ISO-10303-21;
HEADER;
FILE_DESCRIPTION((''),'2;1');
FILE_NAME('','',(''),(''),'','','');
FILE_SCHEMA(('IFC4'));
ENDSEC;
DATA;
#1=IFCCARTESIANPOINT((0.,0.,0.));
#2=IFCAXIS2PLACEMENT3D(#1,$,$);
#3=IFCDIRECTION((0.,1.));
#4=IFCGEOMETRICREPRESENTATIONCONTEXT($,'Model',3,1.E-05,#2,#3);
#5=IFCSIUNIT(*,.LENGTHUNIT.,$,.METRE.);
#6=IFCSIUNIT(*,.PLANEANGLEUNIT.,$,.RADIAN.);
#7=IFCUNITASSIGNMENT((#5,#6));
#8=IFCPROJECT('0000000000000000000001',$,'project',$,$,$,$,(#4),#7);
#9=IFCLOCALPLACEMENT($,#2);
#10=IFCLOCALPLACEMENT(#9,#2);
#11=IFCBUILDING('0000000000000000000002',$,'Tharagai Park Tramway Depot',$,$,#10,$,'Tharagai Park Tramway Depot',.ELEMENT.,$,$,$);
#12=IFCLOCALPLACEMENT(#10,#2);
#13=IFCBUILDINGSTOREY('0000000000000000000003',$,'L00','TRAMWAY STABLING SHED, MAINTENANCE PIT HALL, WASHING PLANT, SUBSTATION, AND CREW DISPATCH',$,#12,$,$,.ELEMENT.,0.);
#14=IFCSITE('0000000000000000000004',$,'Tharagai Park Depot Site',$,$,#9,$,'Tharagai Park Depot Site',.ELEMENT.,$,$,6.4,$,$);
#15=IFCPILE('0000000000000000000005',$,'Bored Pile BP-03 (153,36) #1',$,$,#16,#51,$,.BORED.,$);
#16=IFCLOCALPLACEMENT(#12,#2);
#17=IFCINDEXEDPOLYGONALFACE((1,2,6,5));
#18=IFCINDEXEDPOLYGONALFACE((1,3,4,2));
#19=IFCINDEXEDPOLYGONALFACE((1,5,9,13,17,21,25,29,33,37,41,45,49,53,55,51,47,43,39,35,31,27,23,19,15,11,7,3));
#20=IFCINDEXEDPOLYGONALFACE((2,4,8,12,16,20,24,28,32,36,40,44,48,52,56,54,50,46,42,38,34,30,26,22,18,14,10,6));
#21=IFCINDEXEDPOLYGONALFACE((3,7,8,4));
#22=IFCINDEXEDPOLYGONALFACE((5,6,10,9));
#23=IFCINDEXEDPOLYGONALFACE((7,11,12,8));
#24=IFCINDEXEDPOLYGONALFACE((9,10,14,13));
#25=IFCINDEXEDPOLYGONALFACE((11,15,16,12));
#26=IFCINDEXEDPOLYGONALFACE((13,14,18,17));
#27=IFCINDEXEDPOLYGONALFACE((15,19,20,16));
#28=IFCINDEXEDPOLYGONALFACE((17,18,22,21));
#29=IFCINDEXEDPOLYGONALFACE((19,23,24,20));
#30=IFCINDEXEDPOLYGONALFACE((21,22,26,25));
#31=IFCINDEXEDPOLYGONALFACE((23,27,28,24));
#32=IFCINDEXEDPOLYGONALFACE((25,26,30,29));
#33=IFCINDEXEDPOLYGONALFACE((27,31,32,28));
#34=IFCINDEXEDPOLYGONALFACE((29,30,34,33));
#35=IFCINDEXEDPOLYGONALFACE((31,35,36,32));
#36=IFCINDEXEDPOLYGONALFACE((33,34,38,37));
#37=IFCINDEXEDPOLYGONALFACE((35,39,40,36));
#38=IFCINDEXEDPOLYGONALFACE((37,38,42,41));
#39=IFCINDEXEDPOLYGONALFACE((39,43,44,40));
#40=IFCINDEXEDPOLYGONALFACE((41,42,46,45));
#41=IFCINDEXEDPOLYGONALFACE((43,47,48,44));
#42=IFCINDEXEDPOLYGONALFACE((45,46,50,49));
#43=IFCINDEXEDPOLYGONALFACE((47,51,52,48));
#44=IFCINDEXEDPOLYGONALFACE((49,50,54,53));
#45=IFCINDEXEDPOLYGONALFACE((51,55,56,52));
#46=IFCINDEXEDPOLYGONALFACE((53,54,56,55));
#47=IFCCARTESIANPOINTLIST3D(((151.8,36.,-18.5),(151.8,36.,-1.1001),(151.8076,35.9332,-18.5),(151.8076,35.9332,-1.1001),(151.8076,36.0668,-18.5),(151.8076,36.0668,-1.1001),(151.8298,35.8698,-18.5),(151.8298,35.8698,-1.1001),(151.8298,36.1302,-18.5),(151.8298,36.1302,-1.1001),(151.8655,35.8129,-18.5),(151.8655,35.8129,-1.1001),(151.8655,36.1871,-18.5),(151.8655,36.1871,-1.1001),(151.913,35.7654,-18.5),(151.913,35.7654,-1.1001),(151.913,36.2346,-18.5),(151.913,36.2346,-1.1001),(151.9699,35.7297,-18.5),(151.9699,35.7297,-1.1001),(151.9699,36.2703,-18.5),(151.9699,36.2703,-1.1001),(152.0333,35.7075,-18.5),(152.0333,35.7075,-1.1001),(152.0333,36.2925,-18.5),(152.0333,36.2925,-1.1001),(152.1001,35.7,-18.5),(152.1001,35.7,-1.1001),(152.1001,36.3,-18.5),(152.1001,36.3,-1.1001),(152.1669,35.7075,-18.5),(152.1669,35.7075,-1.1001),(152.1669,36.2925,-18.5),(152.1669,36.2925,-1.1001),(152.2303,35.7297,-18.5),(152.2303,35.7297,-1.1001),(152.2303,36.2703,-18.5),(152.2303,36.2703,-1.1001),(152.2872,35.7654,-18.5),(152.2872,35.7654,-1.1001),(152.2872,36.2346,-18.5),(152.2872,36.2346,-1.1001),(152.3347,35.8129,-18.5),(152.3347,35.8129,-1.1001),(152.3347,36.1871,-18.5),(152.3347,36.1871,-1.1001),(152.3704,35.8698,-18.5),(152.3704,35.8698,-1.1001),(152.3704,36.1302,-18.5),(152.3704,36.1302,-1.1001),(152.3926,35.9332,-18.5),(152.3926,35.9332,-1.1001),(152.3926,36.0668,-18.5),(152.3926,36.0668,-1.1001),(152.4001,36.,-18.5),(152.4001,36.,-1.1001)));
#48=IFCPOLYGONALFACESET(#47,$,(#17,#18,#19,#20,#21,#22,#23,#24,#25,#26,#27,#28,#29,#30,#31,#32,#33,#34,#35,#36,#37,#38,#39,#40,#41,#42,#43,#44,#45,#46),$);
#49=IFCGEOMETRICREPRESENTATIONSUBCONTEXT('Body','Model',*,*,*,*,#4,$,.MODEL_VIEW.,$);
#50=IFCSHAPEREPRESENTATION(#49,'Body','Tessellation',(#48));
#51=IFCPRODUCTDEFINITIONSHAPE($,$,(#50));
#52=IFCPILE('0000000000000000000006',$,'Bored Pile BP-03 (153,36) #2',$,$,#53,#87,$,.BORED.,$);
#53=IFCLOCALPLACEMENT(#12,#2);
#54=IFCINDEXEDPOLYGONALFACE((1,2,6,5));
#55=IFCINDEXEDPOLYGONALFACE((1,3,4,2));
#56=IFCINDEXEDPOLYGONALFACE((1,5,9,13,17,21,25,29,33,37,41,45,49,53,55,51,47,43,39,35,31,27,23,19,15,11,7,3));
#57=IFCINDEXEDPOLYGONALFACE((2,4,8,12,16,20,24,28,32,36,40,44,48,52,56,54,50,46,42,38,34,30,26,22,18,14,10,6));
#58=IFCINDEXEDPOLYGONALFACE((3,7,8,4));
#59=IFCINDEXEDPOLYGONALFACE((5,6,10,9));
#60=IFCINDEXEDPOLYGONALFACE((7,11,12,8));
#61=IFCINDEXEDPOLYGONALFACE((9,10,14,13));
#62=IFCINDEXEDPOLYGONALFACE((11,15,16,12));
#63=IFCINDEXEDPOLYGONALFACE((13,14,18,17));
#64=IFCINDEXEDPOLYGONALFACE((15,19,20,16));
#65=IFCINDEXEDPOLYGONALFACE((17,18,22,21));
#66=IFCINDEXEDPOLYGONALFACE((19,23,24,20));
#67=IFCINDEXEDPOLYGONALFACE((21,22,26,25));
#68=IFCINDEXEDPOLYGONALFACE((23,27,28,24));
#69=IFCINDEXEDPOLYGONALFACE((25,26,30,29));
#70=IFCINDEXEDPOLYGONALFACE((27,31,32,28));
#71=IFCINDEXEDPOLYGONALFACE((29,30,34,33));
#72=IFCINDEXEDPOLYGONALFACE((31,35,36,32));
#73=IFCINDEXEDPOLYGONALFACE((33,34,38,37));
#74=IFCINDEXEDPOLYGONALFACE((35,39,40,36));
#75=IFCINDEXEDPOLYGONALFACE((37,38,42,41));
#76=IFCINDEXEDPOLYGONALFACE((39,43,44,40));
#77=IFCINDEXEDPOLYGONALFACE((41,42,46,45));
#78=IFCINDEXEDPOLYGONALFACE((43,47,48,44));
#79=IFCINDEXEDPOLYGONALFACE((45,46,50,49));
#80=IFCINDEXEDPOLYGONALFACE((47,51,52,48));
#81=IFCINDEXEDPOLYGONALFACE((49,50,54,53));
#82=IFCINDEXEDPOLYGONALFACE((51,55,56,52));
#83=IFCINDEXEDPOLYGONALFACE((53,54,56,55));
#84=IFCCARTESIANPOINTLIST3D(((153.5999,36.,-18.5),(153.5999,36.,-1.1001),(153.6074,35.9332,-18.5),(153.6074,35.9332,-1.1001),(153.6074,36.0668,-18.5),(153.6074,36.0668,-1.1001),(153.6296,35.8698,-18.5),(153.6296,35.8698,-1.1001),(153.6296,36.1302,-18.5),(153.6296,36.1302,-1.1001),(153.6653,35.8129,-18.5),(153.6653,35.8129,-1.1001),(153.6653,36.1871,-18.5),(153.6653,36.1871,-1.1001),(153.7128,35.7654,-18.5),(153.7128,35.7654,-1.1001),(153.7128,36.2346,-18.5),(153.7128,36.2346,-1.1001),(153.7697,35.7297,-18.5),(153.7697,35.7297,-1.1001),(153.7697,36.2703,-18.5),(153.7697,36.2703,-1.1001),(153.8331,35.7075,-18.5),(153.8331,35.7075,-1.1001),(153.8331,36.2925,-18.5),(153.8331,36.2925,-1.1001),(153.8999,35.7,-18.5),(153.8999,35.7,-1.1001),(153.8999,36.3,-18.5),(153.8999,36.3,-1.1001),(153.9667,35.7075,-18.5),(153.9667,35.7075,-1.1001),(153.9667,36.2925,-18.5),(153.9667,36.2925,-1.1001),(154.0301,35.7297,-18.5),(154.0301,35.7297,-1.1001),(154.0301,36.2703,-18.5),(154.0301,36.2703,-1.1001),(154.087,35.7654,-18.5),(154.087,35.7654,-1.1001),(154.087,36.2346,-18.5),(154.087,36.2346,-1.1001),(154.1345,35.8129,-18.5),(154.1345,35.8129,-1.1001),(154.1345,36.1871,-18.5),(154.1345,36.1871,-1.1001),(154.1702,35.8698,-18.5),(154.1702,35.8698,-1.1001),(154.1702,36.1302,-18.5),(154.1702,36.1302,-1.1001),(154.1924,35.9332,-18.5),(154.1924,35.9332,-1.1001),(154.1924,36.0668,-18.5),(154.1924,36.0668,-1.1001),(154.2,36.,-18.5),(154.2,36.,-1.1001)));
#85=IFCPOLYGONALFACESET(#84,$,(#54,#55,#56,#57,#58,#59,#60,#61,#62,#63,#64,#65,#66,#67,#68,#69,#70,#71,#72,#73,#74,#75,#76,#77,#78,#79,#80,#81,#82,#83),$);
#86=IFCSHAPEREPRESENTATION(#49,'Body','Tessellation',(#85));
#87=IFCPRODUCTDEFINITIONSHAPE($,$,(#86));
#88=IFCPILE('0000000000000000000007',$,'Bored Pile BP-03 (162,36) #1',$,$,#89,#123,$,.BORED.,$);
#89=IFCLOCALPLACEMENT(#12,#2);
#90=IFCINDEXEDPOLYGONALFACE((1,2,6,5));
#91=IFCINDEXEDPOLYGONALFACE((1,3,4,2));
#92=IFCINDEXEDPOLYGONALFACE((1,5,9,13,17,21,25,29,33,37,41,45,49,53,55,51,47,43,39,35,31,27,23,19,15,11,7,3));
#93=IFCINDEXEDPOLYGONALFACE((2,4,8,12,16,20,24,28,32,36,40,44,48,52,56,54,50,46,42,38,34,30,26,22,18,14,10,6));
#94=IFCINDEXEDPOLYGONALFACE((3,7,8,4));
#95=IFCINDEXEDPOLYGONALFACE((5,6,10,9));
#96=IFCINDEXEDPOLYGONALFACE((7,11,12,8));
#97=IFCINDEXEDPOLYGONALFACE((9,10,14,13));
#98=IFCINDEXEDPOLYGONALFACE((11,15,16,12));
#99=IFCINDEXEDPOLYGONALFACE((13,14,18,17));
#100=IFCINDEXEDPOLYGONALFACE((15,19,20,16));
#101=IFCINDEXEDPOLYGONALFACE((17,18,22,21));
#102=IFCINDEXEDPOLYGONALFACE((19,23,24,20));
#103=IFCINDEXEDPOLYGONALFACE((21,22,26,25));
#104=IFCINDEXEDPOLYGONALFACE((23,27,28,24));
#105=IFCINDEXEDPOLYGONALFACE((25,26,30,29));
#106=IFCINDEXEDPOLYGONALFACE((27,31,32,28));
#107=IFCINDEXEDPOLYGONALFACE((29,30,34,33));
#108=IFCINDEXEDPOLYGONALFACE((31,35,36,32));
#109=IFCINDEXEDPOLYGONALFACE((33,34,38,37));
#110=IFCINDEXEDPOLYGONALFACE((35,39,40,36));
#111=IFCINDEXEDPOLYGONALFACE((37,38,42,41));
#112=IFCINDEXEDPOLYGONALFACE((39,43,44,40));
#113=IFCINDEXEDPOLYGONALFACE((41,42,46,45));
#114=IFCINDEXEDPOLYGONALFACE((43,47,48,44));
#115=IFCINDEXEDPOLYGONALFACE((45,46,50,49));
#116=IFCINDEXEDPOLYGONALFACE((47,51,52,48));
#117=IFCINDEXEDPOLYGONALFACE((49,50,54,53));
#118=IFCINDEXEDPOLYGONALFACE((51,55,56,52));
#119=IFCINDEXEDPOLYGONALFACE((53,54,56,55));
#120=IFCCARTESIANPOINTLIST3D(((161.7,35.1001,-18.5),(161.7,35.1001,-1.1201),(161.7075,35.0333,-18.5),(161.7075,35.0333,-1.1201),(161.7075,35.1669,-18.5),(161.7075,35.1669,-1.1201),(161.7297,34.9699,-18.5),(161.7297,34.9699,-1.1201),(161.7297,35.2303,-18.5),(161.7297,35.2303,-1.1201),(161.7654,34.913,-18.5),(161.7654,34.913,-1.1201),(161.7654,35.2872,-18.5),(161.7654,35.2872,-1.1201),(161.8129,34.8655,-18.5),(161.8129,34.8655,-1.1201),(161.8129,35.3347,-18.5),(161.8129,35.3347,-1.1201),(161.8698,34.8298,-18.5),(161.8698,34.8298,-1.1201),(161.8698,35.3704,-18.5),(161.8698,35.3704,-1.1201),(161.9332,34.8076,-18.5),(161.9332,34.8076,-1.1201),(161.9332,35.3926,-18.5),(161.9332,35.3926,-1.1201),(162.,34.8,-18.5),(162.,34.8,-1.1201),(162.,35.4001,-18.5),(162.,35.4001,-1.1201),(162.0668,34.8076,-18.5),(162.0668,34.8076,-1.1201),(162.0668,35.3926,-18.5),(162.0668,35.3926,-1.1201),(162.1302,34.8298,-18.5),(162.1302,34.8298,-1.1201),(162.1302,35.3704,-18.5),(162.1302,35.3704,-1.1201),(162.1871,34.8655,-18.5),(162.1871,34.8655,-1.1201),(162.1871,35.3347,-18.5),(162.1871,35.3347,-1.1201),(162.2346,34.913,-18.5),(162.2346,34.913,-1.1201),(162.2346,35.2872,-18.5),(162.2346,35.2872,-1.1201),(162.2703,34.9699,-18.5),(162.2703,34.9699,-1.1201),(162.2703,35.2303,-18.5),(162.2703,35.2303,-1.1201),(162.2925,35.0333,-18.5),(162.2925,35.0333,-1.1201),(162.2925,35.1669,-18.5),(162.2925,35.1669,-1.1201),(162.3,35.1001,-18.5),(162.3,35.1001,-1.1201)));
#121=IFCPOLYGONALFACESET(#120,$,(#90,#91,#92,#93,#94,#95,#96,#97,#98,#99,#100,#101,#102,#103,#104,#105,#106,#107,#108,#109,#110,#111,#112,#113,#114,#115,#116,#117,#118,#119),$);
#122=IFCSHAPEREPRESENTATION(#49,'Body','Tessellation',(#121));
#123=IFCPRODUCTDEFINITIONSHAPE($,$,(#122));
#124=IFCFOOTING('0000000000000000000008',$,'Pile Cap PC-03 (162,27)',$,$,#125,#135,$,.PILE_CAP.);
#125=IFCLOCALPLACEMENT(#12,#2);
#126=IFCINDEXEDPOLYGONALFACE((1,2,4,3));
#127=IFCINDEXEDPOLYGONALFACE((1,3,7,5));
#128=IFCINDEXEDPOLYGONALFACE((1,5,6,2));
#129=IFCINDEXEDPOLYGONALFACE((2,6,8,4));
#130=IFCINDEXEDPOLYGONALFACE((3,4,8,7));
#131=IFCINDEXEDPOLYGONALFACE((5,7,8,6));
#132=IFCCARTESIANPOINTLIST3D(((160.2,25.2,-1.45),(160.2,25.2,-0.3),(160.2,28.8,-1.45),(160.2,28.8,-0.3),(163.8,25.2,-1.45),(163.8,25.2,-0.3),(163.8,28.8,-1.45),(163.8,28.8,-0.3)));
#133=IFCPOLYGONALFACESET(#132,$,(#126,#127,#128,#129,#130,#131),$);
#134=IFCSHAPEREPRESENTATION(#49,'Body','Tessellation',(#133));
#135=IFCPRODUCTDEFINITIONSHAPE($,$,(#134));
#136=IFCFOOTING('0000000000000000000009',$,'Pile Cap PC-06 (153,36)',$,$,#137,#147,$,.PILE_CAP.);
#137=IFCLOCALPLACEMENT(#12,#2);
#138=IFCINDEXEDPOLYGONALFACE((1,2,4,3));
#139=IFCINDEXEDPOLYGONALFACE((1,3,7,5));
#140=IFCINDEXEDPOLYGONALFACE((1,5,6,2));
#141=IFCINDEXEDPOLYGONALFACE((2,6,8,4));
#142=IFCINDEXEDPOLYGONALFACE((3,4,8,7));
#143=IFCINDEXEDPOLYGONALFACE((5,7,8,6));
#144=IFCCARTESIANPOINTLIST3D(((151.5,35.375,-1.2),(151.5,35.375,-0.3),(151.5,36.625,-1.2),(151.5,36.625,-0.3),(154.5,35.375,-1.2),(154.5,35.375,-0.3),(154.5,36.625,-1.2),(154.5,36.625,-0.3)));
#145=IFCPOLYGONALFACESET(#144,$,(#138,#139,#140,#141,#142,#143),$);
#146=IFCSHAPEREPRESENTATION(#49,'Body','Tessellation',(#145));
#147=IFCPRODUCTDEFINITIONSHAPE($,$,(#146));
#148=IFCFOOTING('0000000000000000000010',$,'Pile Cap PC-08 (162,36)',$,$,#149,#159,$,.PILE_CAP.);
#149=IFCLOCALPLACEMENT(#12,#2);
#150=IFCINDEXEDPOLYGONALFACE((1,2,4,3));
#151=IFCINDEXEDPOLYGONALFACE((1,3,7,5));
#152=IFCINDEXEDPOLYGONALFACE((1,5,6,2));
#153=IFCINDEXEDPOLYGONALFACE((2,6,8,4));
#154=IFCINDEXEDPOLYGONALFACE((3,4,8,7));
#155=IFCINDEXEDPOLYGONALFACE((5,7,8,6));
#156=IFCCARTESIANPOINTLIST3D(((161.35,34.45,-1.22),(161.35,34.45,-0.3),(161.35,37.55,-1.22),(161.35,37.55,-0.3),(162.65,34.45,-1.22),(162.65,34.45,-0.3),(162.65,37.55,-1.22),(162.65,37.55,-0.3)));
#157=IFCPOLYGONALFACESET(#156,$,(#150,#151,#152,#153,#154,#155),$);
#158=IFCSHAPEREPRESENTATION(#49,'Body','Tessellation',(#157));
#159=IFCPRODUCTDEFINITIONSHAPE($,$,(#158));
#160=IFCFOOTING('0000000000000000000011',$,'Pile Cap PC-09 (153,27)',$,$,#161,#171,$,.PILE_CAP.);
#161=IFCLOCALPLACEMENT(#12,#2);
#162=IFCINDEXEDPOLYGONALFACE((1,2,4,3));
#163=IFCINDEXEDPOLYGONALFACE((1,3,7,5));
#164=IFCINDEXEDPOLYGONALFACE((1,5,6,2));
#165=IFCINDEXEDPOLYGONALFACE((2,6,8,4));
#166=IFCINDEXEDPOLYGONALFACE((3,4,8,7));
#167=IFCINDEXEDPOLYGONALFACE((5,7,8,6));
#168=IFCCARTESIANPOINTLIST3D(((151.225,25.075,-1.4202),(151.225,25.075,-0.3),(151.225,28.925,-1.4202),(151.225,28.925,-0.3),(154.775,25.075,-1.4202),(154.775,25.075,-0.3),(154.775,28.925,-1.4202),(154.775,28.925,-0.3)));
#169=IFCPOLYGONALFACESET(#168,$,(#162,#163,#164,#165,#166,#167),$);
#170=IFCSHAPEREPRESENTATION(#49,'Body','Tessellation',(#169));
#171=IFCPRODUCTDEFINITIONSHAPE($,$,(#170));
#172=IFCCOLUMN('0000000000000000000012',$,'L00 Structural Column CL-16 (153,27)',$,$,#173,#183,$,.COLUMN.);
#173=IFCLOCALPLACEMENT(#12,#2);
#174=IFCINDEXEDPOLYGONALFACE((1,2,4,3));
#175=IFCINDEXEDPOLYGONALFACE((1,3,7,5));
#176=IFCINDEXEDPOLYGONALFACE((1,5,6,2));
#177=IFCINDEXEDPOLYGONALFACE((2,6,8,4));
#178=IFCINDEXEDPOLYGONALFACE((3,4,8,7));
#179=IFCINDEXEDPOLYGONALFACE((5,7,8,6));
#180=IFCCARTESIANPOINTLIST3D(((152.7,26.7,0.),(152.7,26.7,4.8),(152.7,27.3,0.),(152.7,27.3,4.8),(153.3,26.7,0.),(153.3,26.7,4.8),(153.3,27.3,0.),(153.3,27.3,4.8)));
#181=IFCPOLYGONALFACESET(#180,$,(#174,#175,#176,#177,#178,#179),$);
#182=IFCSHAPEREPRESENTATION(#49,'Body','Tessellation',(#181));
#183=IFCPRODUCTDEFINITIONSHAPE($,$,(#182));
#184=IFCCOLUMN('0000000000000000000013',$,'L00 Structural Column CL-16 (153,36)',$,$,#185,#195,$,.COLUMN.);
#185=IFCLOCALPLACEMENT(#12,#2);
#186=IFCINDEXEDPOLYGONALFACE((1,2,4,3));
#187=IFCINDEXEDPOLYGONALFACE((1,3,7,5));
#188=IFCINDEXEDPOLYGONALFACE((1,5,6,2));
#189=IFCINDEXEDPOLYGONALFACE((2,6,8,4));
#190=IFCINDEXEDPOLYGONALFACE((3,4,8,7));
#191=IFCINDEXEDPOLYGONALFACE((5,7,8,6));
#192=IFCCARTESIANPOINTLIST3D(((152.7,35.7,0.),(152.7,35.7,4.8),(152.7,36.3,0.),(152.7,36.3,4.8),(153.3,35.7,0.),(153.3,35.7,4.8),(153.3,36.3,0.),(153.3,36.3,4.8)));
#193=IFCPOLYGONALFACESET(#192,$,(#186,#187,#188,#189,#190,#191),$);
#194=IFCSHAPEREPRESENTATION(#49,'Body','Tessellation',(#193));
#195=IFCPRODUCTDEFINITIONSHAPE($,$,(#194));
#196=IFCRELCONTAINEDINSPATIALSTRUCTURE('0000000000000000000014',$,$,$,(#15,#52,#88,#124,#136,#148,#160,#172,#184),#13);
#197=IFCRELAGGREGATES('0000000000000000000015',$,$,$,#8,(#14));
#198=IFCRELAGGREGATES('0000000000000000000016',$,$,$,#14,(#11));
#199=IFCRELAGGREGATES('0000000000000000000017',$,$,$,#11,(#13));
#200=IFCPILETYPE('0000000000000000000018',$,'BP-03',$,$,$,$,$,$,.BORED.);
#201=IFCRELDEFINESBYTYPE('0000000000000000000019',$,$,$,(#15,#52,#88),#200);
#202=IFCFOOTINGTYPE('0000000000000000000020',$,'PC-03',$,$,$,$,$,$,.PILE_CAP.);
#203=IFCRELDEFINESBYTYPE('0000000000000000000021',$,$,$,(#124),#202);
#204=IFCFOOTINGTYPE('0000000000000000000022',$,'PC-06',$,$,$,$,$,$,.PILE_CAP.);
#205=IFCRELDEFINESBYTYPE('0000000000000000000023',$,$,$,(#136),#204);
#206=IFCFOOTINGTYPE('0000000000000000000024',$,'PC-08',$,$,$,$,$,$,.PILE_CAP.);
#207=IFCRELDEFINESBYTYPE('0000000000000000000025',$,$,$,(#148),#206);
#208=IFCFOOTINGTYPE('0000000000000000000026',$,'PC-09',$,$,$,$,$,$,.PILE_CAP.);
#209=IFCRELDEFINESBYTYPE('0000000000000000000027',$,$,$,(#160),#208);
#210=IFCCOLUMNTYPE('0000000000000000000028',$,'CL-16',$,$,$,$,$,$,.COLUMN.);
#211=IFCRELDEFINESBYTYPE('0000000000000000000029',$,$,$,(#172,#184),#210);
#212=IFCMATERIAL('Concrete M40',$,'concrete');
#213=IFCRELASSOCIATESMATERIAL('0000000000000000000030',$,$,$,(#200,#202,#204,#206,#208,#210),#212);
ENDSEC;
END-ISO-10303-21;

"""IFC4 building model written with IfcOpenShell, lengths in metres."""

from ifc_helpers import new_model, si_unit, direction, frame, origin, origin_2d, place, context, subcontext, project, spatial, rectangle, circle, extrude, material, material_profile, profile_set, type_object, element, save


model = new_model("IFC4")

# Units and contexts
model_context = context("Model", 3, precision=1e-05, world=origin(), true_north=direction((0.0, 1.0)))
body_context = subcontext(model_context, "Body", "Model", "MODEL_VIEW")
ifc_project = project(units=[si_unit("LENGTHUNIT", "METRE"), si_unit("PLANEANGLEUNIT", "RADIAN")], contexts=[model_context])

# Site, building, storey
site_placement = place(None, origin())
site = spatial("IfcSite", under=ifc_project, at=site_placement, Name="Tharagai Park Depot Site", LongName="Tharagai Park Depot Site", CompositionType="ELEMENT", RefElevation=6.4)
building_placement = place(site_placement, origin())
building = spatial("IfcBuilding", under=site, at=building_placement, Name="Tharagai Park Tramway Depot", LongName="Tharagai Park Tramway Depot", CompositionType="ELEMENT")
storey_placement = place(building_placement, origin())
storey = spatial("IfcBuildingStorey", under=building, at=storey_placement, Name="L00", Description="TRAMWAY STABLING SHED, MAINTENANCE PIT HALL, WASHING PLANT, SUBSTATION, AND CREW DISPATCH", CompositionType="ELEMENT", Elevation=0.0)

# Piles
ifc_material_1 = material(Name="Concrete M40", Category="concrete")
ifc_material_profile_1 = material_profile(ifc_material_1, circle(Radius=0.3, at=origin_2d()), Name="PILE D600")
ifc_profile_set_1 = profile_set([ifc_material_profile_1], Name="Concrete M40")
pile_type_1 = type_object("IfcPileType", Name="BP-03", PredefinedType="BORED", material=ifc_profile_set_1)
for number, where, z_axis, x_axis, name in (
    (1, (152.1001, 36.0, -1.1001), (0.0, 0.0, -1.0), (1.0, 0.0, 0.0), "Bored Pile BP-03 (153,36) #1"),
    (2, (153.8999, 36.0, -1.1001), (0.0, 0.0, -1.0), (1.0, 0.0, 0.0), "Bored Pile BP-03 (153,36) #2"),
):
    element("IfcPile", number, at=place(storey_placement, frame(where, z_axis=z_axis, x_axis=x_axis)), inside=storey, type_object=pile_type_1, Name=name, PredefinedType="BORED", context=body_context, shape_type="SweptSolid", body=[
        extrude(circle(Radius=0.3, at=origin_2d()), origin(), (0.0, 0.0, 1.0), 17.3999),
    ])
pile_1_placement = place(storey_placement, frame((162.0, 35.1001, -1.1201), z_axis=(0.0, 0.0, -1.0), x_axis=(1.0, 0.0, 0.0)))
element("IfcPile", 3, at=pile_1_placement, inside=storey, type_object=pile_type_1, Name="Bored Pile BP-03 (162,36) #1", PredefinedType="BORED", context=body_context, shape_type="SweptSolid", body=[
    extrude(circle(Radius=0.3, at=origin_2d()), origin(), (0.0, 0.0, 1.0), 17.3799),
])

# Footings
footing_type_1 = type_object("IfcFootingType", Name="PC-03", PredefinedType="PILE_CAP", material=ifc_material_1)
footing_1_placement = place(storey_placement, frame((162.0, 27.0, -1.45), z_axis=(0.0, 0.0, 1.0), x_axis=(1.0, 0.0, 0.0)))
element("IfcFooting", 4, at=footing_1_placement, inside=storey, type_object=footing_type_1, Name="Pile Cap PC-03 (162,27)", PredefinedType="PILE_CAP", context=body_context, shape_type="SweptSolid", body=[
    extrude(rectangle(XDim=3.6001, YDim=3.6001, at=origin_2d()), origin(), (0.0, 0.0, 1.0), 1.1499),
])
footing_type_2 = type_object("IfcFootingType", Name="PC-06", PredefinedType="PILE_CAP", material=ifc_material_1)
footing_2_placement = place(storey_placement, frame((153.0, 36.0, -1.2), z_axis=(0.0, 0.0, 1.0), x_axis=(1.0, 0.0, 0.0)))
element("IfcFooting", 5, at=footing_2_placement, inside=storey, type_object=footing_type_2, Name="Pile Cap PC-06 (153,36)", PredefinedType="PILE_CAP", context=body_context, shape_type="SweptSolid", body=[
    extrude(rectangle(XDim=3.0, YDim=1.25, at=origin_2d()), origin(), (0.0, 0.0, 1.0), 0.8999),
])
footing_type_3 = type_object("IfcFootingType", Name="PC-08", PredefinedType="PILE_CAP", material=ifc_material_1)
footing_3_placement = place(storey_placement, frame((162.0, 36.0, -1.22), z_axis=(0.0, 0.0, 1.0), x_axis=(1.0, 0.0, 0.0)))
element("IfcFooting", 6, at=footing_3_placement, inside=storey, type_object=footing_type_3, Name="Pile Cap PC-08 (162,36)", PredefinedType="PILE_CAP", context=body_context, shape_type="SweptSolid", body=[
    extrude(rectangle(XDim=1.3, YDim=3.1001, at=origin_2d()), origin(), (0.0, 0.0, 1.0), 0.9199),
])
footing_type_4 = type_object("IfcFootingType", Name="PC-09", PredefinedType="PILE_CAP", material=ifc_material_1)
footing_4_placement = place(storey_placement, frame((153.0, 27.0, -1.4202), z_axis=(0.0, 0.0, 1.0), x_axis=(1.0, 0.0, 0.0)))
element("IfcFooting", 7, at=footing_4_placement, inside=storey, type_object=footing_type_4, Name="Pile Cap PC-09 (153,27)", PredefinedType="PILE_CAP", context=body_context, shape_type="SweptSolid", body=[
    extrude(rectangle(XDim=3.55, YDim=3.8501, at=origin_2d()), origin(), (0.0, 0.0, 1.0), 1.1201),
])

# Columns
ifc_material_profile_2 = material_profile(ifc_material_1, rectangle(XDim=0.6001, YDim=0.6001, at=origin_2d()), Name="RC 600x600")
ifc_profile_set_2 = profile_set([ifc_material_profile_2], Name="Concrete M40")
column_type = type_object("IfcColumnType", Name="CL-16", PredefinedType="COLUMN", material=ifc_profile_set_2)
for number, where, z_axis, x_axis, name in (
    (8, (153.0, 27.0, 0.0), (0.0, 0.0, 1.0), (1.0, 0.0, 0.0), "L00 Structural Column CL-16 (153,27)"),
    (9, (153.0, 36.0, 0.0), (0.0, 0.0, 1.0), (1.0, 0.0, 0.0), "L00 Structural Column CL-16 (153,36)"),
):
    element("IfcColumn", number, at=place(storey_placement, frame(where, z_axis=z_axis, x_axis=x_axis)), inside=storey, type_object=column_type, Name=name, PredefinedType="COLUMN", context=body_context, shape_type="SweptSolid", body=[
        extrude(rectangle(XDim=0.6001, YDim=0.6001, at=origin_2d()), origin(), (0.0, 0.0, 1.0), 4.8),
    ])

save(model, "model.ifc")
